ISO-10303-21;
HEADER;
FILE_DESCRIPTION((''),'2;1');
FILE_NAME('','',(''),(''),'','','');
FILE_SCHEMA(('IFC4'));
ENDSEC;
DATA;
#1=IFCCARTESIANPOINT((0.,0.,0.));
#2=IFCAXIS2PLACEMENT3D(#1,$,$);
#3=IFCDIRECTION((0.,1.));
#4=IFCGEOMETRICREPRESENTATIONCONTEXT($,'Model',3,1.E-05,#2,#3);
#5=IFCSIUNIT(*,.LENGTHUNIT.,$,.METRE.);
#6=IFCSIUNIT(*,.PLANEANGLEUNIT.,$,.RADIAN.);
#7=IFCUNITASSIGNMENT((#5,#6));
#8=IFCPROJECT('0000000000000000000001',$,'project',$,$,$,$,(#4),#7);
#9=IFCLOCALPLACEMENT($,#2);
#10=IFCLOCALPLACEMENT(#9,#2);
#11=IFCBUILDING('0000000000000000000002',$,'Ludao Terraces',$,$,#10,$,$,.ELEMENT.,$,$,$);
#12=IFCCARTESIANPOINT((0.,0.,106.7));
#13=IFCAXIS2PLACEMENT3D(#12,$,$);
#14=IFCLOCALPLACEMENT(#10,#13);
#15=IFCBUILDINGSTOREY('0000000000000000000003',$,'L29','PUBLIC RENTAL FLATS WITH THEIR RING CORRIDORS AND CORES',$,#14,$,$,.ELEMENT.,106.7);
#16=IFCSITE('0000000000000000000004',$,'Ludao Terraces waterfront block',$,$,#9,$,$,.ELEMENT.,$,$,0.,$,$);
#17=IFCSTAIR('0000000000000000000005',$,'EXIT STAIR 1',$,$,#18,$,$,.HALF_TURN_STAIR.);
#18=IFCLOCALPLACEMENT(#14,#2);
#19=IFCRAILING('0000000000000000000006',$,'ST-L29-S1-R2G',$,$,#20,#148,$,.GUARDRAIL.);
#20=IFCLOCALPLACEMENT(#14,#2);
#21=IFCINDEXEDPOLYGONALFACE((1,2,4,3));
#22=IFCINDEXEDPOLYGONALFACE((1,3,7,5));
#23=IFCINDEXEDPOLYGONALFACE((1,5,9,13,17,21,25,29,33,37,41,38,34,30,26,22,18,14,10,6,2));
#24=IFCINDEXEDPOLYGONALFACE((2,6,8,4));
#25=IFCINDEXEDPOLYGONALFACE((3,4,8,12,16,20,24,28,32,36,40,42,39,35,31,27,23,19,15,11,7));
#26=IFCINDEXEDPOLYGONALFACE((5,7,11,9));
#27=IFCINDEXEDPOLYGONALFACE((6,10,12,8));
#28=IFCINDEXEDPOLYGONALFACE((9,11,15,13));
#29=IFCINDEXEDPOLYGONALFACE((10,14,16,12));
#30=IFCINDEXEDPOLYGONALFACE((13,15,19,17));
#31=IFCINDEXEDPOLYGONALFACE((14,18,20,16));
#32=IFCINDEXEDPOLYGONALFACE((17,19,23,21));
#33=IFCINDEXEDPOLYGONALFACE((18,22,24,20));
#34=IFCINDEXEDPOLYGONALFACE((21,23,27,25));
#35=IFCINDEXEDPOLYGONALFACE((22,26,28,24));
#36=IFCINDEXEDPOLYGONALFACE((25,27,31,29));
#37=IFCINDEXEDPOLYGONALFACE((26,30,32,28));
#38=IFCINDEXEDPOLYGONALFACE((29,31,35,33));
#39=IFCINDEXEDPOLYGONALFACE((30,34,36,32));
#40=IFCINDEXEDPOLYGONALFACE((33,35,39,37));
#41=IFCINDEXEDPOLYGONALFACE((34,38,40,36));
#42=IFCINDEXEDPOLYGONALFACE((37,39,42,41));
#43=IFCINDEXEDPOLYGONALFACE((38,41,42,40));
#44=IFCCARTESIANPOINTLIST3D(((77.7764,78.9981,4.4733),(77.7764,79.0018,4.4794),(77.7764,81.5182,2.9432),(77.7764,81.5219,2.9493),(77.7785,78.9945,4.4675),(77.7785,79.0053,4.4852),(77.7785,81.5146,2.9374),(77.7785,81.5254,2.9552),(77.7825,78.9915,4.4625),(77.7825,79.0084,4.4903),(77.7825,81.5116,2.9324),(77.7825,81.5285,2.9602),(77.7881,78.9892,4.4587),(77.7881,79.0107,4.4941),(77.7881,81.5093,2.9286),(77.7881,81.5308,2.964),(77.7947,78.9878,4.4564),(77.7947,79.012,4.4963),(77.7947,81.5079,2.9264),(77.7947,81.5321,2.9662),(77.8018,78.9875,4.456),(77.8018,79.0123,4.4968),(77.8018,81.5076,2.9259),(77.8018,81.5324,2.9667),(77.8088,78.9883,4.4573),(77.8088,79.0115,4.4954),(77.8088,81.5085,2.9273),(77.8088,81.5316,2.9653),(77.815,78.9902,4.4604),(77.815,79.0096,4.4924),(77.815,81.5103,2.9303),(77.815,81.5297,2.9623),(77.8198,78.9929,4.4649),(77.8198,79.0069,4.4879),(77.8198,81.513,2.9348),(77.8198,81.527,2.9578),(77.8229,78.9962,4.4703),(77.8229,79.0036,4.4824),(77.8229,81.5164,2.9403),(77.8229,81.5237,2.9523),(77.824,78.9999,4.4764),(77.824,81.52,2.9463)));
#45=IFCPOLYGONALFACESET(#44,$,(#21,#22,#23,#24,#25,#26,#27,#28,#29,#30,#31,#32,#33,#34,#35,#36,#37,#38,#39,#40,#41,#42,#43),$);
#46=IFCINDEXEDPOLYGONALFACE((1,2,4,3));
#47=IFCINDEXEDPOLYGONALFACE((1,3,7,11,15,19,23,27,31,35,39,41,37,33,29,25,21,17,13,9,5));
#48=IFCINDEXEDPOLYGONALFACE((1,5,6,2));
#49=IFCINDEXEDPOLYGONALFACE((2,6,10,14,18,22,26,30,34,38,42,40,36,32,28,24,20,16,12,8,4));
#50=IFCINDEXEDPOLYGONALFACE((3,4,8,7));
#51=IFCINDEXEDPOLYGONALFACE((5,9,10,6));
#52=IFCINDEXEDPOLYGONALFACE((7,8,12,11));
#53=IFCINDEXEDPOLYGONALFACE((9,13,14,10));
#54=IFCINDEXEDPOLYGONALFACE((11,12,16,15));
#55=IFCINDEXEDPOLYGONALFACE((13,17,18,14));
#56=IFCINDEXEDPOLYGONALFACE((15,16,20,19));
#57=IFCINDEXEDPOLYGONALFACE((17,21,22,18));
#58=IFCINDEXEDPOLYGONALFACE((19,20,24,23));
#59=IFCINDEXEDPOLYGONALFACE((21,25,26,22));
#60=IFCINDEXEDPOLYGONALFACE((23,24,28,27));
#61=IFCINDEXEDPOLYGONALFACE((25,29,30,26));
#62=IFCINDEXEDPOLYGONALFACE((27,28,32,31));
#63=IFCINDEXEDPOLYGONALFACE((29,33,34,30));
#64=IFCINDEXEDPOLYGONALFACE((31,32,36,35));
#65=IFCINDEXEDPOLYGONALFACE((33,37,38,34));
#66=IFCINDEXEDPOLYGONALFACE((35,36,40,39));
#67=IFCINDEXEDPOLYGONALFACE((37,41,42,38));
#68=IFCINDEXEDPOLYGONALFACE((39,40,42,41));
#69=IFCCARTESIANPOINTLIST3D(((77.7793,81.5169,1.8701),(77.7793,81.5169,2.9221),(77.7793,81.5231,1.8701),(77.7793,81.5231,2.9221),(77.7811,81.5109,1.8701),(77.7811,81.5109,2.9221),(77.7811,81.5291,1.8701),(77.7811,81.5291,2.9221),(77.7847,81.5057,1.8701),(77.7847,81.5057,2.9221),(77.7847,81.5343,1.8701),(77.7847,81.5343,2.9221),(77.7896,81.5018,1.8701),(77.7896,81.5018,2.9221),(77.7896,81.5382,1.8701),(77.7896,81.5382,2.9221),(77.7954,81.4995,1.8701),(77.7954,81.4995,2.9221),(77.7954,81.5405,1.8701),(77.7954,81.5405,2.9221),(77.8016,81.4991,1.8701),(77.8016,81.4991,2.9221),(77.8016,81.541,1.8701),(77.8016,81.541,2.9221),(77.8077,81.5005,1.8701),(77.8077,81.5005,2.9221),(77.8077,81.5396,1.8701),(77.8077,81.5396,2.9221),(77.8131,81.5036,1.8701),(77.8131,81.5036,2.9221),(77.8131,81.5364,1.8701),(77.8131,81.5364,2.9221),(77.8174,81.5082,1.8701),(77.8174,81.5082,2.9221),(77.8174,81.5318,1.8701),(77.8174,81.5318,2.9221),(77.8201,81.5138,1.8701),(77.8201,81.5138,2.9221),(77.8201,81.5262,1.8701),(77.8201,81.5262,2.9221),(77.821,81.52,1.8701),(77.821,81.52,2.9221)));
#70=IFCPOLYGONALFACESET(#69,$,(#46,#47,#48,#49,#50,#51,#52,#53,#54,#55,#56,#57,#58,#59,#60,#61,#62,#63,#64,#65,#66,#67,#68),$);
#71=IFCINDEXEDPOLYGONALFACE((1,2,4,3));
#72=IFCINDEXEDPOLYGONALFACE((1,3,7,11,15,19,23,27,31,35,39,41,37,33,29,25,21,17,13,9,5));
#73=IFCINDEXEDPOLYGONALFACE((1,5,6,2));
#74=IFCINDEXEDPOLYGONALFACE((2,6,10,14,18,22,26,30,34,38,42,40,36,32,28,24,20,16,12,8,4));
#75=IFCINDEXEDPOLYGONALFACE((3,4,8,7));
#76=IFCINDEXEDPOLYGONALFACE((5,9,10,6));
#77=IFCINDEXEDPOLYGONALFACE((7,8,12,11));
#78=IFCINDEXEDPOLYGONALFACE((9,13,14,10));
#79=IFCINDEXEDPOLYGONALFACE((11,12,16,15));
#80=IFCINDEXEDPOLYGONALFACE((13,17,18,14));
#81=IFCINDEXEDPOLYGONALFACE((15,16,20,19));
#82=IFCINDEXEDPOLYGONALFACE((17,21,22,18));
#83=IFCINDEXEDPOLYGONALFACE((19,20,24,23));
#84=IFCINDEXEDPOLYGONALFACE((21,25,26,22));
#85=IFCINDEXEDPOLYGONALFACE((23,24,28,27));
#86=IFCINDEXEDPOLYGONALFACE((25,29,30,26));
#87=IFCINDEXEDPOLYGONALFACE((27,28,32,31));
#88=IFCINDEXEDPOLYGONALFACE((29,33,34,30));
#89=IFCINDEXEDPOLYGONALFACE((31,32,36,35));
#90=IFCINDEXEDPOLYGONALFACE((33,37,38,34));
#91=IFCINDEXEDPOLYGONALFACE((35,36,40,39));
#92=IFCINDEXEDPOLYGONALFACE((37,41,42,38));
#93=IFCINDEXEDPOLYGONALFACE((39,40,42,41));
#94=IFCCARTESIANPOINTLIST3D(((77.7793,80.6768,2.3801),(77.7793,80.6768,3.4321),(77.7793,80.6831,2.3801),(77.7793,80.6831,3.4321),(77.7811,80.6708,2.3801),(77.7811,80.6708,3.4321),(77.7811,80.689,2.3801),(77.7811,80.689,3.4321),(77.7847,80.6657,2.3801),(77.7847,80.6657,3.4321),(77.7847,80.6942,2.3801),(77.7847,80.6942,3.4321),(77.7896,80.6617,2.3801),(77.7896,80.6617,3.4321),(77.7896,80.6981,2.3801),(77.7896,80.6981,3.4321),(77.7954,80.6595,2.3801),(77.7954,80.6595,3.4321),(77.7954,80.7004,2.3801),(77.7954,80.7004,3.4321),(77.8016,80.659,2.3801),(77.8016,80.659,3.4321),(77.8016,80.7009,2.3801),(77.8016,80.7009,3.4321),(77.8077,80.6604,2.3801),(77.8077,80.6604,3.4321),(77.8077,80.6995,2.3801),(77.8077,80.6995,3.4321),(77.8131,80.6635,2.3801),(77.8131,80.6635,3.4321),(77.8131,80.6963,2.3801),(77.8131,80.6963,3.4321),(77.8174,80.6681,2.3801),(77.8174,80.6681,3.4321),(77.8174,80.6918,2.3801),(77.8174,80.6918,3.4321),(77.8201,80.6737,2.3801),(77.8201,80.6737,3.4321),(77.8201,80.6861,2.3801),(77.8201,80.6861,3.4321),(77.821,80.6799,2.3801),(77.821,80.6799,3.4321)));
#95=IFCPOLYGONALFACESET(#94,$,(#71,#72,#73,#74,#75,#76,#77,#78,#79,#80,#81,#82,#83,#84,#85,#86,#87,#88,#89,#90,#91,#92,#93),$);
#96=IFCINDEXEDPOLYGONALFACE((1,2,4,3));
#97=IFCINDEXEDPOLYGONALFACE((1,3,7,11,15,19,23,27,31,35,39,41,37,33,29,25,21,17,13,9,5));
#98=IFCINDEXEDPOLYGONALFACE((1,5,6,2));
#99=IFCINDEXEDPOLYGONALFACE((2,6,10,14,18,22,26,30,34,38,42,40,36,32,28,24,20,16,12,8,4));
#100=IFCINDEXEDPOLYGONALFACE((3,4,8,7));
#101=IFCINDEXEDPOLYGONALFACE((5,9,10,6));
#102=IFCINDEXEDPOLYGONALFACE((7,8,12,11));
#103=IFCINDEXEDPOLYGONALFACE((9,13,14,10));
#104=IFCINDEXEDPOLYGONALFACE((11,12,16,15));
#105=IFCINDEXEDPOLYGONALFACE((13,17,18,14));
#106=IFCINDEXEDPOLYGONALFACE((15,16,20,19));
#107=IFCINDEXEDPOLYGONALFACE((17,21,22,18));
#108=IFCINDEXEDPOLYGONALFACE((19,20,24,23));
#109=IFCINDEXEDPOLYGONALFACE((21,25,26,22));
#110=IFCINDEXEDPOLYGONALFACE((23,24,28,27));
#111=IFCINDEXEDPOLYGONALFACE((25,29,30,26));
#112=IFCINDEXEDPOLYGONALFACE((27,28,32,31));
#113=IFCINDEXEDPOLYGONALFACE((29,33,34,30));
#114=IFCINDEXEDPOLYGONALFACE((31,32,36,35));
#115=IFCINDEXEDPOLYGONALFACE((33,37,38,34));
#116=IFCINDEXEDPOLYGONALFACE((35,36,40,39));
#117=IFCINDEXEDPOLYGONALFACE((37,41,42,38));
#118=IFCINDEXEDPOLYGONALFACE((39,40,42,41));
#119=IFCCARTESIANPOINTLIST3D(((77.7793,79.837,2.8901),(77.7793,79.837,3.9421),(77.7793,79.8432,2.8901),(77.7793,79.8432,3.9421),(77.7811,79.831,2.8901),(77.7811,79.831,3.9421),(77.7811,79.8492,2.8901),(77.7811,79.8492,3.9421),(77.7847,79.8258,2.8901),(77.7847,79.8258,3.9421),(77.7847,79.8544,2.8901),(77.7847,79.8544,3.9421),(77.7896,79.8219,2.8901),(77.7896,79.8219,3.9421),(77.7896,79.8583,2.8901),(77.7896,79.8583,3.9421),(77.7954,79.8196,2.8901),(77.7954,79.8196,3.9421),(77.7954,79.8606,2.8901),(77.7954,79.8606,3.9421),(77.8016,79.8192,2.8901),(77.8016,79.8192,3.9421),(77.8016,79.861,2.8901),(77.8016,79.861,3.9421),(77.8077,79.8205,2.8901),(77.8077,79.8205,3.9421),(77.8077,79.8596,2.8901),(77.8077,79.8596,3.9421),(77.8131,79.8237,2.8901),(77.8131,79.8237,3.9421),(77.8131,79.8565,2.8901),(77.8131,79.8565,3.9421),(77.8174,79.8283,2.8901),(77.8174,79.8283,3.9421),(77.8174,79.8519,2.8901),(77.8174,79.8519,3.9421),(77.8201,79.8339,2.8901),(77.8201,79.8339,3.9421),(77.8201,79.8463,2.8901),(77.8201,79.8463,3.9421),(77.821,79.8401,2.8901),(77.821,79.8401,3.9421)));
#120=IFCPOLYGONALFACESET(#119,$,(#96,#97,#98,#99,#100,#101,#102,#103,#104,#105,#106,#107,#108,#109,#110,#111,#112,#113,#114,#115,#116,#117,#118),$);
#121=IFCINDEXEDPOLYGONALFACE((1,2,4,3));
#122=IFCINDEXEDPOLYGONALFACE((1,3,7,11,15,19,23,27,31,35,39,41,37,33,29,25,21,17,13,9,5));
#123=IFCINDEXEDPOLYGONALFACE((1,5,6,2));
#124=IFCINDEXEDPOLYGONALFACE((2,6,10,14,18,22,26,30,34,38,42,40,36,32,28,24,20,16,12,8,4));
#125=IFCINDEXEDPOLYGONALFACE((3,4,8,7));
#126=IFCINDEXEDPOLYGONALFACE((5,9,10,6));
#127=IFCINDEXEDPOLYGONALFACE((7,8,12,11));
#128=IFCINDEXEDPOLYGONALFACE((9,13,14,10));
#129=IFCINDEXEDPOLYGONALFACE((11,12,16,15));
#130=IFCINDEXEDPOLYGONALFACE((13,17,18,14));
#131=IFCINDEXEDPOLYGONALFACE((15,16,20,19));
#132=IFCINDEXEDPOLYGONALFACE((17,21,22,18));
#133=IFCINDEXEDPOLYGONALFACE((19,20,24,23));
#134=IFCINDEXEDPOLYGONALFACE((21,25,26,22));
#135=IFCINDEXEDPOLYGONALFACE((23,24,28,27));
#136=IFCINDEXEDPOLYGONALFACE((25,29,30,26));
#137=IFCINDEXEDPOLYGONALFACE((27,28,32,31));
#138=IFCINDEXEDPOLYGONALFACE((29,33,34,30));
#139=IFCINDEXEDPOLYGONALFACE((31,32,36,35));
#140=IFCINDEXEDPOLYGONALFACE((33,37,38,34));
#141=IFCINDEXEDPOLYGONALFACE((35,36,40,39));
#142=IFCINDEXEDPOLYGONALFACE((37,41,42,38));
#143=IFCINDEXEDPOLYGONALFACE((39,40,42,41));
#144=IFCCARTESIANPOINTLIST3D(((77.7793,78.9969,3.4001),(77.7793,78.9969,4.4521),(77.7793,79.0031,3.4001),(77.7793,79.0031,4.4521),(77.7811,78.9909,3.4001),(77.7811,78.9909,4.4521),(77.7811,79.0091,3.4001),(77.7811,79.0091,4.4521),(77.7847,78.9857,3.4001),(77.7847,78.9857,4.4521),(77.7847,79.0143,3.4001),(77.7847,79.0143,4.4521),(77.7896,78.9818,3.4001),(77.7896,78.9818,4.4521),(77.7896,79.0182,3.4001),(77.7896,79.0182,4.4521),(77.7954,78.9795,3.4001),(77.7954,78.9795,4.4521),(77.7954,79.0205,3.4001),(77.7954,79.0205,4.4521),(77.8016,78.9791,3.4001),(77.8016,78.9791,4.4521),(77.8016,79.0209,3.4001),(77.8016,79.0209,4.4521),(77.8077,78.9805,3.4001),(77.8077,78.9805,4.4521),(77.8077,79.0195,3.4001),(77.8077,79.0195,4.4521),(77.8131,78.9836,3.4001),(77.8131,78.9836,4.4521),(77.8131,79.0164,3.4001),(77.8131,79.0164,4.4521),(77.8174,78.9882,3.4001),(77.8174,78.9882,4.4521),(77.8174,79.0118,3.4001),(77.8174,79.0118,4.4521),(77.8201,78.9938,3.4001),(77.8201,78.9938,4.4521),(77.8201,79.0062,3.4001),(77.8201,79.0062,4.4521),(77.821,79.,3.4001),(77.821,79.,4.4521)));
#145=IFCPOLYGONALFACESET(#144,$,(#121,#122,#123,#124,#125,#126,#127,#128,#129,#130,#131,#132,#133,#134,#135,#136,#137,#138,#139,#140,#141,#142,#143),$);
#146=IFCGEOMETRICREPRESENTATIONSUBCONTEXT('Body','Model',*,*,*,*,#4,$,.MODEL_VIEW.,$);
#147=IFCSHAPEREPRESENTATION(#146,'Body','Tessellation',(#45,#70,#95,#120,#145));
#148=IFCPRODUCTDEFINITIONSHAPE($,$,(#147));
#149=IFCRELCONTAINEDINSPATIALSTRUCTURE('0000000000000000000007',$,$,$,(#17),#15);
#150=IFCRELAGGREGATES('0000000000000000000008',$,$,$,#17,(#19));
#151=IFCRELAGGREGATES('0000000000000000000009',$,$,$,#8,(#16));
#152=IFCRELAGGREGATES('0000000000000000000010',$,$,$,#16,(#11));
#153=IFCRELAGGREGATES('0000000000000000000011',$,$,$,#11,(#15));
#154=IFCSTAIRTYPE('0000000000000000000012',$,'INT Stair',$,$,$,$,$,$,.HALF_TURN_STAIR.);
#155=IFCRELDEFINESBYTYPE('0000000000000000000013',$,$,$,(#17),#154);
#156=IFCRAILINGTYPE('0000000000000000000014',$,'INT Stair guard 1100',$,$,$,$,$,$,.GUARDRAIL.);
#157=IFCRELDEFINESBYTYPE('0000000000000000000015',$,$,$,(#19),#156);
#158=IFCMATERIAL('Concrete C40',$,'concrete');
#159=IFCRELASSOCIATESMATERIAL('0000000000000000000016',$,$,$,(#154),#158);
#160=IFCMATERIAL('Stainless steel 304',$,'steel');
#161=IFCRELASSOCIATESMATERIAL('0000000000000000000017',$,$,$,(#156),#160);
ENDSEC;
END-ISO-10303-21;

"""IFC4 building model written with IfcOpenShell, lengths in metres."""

from ifc_helpers import new_model, si_unit, direction, frame, origin, origin_2d, place, context, subcontext, project, spatial, circle, extrude, material, type_object, element, aggregate, save


model = new_model("IFC4")

# Units and contexts
model_context = context("Model", 3, precision=1e-05, world=origin(), true_north=direction((0.0, 1.0)))
body_context = subcontext(model_context, "Body", "Model", "MODEL_VIEW")
ifc_project = project(units=[si_unit("LENGTHUNIT", "METRE"), si_unit("PLANEANGLEUNIT", "RADIAN")], contexts=[model_context])

# Site, building, storey
site_placement = place(None, origin())
site = spatial("IfcSite", under=ifc_project, at=site_placement, Name="Ludao Terraces waterfront block", CompositionType="ELEMENT", RefElevation=0.0)
building_placement = place(site_placement, origin())
building = spatial("IfcBuilding", under=site, at=building_placement, Name="Ludao Terraces", CompositionType="ELEMENT")
storey_placement = place(building_placement, frame((0.0, 0.0, 106.7)))
storey = spatial("IfcBuildingStorey", under=building, at=storey_placement, Name="L29", Description="PUBLIC RENTAL FLATS WITH THEIR RING CORRIDORS AND CORES", CompositionType="ELEMENT", Elevation=106.7)

# Stair, railing
ifc_material_1 = material(Name="Concrete C40", Category="concrete")
stair_type = type_object("IfcStairType", Name="INT Stair", PredefinedType="HALF_TURN_STAIR", material=ifc_material_1)
stair_placement = place(storey_placement, origin())
stair = element("IfcStair", 1, at=stair_placement, inside=storey, type_object=stair_type, Name="EXIT STAIR 1", PredefinedType="HALF_TURN_STAIR")
ifc_material_2 = material(Name="Stainless steel 304", Category="steel")
railing_type_1 = type_object("IfcRailingType", Name="INT Stair guard 1100", PredefinedType="GUARDRAIL", material=ifc_material_2)
railing_1_placement = place(storey_placement, frame((77.8, 81.52, 1.8701)))
railing_1 = element("IfcRailing", 2, at=railing_1_placement, type_object=railing_type_1, Name="ST-L29-S1-R2G", PredefinedType="GUARDRAIL", context=body_context, shape_type="SweptSolid", body=[
    extrude(circle(Radius=0.0239, at=origin_2d()), frame((0.0, 0.0, 1.0762), z_axis=(0.0, -0.854785, 0.518982), x_axis=(1.0, 0.0, 0.0)), (0.0, 0.0, 1.0), 2.9482),
    extrude(circle(Radius=0.021, at=origin_2d()), origin(), (0.0, 0.0, 1.0), 1.052),
    extrude(circle(Radius=0.021, at=origin_2d()), frame((0.0, -0.8401, 0.51)), (0.0, 0.0, 1.0), 1.052),
    extrude(circle(Radius=0.021, at=origin_2d()), frame((0.0, -1.6799, 1.02)), (0.0, 0.0, 1.0), 1.052),
    extrude(circle(Radius=0.021, at=origin_2d()), frame((0.0, -2.52, 1.53)), (0.0, 0.0, 1.0), 1.052),
])
aggregate(stair, [railing_1])

save(model, "model.ifc")
